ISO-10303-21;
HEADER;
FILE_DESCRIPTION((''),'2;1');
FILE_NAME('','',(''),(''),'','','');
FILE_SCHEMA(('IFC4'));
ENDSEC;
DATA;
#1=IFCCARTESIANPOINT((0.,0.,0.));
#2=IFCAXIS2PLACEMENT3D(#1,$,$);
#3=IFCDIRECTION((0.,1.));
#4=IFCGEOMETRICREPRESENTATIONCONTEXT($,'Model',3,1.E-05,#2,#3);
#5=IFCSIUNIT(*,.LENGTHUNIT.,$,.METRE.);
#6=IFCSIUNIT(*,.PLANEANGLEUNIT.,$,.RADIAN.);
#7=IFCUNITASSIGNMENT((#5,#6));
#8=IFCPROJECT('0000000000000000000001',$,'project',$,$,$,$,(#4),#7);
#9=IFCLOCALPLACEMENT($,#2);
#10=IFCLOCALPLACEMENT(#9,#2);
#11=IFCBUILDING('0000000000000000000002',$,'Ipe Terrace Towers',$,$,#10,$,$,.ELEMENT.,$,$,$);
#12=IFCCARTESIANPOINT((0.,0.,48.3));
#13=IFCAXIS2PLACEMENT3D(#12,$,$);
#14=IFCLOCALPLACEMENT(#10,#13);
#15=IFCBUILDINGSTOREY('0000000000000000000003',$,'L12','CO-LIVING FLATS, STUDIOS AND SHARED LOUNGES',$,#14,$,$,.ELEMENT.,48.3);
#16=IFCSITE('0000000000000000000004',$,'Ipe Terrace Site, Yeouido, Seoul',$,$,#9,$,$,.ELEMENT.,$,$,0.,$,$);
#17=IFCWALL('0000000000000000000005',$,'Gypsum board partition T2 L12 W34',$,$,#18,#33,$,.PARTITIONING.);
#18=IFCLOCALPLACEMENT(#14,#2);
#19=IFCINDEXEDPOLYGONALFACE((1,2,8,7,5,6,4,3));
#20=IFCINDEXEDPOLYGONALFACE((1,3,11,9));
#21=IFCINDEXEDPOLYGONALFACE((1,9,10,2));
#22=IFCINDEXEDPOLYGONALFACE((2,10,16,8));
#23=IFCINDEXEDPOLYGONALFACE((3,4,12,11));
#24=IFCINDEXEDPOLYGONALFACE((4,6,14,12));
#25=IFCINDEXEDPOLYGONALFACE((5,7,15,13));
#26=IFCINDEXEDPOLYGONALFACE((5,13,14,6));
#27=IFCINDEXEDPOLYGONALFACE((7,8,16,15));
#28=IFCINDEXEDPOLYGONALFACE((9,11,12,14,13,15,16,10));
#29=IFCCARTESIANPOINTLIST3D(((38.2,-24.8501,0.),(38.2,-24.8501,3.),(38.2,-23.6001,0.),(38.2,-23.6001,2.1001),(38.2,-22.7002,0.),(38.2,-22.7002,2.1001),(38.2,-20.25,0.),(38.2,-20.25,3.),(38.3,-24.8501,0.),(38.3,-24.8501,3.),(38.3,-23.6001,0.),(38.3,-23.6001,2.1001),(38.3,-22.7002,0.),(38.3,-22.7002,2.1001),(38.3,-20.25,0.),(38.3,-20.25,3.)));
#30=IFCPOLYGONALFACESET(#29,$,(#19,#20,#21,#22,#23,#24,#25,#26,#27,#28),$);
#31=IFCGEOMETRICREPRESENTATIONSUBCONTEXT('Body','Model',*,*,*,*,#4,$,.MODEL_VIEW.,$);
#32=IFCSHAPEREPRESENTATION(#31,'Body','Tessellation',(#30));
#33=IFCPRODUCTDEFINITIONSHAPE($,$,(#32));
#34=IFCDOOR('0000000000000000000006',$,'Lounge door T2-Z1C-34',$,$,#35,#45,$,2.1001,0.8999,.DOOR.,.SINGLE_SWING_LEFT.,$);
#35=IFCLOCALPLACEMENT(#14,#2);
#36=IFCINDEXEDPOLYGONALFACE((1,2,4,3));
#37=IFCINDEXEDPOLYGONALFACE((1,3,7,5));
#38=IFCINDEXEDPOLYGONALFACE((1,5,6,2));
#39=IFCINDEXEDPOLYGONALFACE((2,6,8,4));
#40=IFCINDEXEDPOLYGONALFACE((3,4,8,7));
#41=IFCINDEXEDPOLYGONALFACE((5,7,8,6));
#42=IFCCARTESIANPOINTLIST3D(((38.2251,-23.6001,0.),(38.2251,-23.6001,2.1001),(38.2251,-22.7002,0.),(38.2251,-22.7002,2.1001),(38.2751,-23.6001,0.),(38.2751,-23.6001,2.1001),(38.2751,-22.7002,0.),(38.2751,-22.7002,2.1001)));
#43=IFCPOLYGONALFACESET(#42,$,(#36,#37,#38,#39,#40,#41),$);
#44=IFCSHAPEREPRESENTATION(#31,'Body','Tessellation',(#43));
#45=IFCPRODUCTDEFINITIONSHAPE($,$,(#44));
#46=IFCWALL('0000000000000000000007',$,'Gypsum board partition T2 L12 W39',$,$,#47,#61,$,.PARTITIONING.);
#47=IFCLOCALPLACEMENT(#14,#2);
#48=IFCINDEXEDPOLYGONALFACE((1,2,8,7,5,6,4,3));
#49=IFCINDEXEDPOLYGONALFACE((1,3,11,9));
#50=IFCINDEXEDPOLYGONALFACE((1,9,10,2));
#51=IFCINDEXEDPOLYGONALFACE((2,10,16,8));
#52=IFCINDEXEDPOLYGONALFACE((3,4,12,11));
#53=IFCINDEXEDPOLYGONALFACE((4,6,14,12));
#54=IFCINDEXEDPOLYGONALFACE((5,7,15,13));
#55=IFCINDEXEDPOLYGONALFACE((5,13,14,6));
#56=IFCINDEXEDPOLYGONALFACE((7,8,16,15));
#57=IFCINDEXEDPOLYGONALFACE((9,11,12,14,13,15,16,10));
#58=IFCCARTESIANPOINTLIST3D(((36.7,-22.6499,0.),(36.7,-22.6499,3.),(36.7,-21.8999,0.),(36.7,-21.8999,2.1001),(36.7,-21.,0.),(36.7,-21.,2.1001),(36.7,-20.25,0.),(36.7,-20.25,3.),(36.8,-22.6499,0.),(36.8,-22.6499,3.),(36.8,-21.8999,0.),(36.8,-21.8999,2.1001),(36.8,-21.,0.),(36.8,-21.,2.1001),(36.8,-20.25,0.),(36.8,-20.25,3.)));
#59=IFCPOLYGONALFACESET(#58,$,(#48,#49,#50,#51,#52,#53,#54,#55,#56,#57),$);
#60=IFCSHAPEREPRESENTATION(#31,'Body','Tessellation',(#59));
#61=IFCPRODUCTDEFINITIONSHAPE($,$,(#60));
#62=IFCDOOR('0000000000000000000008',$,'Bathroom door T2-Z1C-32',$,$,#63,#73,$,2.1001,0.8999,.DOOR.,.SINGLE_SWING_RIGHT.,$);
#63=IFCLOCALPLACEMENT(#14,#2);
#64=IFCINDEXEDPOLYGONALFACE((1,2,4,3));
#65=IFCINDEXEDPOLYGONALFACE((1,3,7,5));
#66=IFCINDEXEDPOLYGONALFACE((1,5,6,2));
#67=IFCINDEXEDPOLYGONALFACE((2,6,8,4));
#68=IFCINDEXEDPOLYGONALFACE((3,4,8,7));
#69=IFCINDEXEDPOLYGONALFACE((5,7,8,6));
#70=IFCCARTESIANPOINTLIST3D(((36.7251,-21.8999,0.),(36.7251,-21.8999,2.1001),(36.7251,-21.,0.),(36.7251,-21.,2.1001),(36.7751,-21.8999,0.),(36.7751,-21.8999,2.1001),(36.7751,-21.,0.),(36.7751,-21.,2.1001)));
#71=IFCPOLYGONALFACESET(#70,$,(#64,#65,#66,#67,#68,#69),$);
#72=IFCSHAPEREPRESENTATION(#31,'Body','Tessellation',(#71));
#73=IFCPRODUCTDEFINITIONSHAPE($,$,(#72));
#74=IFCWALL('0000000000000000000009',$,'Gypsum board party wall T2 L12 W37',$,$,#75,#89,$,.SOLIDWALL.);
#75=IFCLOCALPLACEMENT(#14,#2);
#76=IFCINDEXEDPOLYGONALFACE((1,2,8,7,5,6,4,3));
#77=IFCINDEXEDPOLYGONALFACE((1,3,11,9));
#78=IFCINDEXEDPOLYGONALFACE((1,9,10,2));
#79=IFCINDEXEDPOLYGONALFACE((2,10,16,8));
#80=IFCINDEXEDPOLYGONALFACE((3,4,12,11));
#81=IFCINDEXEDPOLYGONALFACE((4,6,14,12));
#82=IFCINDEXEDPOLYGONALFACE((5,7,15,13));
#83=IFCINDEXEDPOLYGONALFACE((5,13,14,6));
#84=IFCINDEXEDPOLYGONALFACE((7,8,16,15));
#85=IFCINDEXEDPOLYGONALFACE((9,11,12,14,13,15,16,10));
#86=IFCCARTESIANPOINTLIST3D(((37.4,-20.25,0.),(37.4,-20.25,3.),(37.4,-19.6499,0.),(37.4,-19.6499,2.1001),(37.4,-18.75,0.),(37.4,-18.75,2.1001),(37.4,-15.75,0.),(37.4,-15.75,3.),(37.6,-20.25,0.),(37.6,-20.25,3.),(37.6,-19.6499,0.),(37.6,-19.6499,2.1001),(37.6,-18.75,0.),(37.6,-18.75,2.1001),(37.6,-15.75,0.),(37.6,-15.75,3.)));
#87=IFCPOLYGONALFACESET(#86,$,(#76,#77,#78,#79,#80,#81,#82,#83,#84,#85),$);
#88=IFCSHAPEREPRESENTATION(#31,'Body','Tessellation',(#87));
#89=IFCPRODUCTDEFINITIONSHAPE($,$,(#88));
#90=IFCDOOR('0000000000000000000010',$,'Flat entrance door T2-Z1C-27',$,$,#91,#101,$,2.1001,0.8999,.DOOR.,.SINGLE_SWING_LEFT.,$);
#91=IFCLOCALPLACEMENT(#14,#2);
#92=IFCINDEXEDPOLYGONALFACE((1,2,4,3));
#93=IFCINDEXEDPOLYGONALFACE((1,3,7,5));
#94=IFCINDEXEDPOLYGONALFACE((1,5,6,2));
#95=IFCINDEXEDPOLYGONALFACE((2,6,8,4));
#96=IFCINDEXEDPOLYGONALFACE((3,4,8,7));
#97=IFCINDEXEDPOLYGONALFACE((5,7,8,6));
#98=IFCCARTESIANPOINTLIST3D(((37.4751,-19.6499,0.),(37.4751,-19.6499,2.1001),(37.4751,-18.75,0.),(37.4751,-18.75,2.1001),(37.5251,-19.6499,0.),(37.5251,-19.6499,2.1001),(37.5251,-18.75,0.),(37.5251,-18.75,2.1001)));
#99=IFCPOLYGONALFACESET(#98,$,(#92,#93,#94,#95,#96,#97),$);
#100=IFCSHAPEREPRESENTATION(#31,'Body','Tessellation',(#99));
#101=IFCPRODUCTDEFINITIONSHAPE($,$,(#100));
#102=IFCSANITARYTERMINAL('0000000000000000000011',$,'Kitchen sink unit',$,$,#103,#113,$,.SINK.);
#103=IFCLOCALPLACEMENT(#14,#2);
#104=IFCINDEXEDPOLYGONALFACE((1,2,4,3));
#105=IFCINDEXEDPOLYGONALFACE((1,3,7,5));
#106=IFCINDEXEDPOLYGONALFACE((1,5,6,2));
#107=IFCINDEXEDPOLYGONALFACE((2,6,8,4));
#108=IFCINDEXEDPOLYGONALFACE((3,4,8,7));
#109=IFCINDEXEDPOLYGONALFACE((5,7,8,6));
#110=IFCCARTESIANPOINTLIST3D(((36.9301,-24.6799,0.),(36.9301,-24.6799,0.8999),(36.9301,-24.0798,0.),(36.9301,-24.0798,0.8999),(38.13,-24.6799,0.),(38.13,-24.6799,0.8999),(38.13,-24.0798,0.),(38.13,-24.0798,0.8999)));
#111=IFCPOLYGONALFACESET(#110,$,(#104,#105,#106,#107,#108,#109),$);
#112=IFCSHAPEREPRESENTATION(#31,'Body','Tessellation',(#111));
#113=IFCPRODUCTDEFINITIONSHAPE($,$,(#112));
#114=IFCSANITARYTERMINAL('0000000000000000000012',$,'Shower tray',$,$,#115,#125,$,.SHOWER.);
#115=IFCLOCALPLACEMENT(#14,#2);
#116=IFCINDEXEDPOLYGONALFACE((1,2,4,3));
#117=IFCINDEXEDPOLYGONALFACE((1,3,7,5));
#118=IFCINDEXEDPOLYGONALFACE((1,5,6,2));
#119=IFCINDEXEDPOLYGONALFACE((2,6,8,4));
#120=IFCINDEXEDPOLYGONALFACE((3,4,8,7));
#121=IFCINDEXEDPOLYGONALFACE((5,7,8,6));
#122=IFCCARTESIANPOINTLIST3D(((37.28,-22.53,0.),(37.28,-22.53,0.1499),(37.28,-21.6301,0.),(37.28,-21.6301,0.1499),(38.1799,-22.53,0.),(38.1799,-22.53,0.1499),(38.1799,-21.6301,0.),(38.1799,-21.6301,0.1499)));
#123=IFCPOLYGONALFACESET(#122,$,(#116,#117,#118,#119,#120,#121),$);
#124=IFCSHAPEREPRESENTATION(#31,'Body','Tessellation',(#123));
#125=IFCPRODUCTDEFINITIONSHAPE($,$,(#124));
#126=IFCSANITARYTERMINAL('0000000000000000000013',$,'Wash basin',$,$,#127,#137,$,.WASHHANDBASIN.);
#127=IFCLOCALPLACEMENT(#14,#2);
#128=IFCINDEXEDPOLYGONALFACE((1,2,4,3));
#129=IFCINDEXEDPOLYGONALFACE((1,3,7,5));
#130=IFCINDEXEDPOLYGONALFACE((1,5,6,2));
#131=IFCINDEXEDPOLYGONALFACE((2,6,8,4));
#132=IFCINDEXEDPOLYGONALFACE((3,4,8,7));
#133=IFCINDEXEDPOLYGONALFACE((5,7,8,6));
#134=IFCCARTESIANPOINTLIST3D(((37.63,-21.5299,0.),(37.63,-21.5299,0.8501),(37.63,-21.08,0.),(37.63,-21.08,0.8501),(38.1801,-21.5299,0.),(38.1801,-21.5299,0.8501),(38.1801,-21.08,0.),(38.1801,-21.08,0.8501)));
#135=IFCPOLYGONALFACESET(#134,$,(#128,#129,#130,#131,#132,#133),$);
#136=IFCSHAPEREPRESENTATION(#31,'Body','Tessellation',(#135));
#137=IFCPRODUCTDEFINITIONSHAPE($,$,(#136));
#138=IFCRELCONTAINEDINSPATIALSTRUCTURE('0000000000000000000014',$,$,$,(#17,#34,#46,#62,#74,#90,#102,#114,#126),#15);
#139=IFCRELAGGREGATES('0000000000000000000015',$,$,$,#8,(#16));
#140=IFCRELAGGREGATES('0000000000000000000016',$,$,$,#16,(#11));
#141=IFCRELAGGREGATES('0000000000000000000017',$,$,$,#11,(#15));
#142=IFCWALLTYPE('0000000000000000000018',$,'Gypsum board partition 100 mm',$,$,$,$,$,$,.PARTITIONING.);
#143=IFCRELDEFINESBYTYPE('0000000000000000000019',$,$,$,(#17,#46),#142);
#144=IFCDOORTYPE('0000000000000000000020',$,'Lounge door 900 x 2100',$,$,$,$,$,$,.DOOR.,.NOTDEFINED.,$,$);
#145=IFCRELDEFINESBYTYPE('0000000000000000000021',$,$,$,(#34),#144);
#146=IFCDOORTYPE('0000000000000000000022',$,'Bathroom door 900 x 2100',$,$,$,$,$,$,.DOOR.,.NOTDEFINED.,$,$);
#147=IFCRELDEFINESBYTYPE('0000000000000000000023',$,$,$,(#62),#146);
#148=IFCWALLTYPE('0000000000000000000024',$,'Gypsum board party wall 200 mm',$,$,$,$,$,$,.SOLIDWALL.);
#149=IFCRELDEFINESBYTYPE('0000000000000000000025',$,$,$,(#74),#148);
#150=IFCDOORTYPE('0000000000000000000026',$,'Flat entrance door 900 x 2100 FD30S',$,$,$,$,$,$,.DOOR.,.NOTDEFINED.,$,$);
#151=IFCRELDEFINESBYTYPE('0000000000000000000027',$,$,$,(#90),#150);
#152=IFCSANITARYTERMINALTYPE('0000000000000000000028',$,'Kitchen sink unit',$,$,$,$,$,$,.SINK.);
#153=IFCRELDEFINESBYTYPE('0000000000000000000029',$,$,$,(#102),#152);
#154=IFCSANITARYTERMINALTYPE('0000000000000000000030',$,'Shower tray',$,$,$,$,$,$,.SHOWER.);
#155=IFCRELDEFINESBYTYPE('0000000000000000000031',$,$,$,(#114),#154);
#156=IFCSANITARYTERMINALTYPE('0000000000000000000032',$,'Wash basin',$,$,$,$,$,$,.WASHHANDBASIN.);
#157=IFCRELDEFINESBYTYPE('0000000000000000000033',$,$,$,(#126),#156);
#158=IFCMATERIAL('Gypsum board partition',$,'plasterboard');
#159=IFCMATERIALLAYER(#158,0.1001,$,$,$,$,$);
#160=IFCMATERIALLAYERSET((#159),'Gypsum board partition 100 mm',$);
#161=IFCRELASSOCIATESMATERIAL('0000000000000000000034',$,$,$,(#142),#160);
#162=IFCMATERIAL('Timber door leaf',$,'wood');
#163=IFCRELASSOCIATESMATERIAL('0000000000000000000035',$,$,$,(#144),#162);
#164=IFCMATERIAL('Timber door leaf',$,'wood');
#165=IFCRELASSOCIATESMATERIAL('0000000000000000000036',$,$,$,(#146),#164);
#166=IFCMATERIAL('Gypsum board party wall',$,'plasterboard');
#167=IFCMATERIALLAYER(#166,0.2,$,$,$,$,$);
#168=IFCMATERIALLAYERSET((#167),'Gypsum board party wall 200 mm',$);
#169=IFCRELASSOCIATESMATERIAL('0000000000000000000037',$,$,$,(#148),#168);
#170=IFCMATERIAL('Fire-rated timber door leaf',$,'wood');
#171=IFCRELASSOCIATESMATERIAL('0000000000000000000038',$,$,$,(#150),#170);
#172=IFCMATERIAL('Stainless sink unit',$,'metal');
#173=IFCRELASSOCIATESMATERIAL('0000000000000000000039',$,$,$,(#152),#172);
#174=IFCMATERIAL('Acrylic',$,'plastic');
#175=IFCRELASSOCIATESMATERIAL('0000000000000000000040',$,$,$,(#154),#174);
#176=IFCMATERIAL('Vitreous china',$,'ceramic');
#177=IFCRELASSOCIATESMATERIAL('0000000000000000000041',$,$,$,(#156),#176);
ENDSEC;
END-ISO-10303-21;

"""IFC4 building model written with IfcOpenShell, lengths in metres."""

from ifc_helpers import new_model, si_unit, direction, frame, frame_2d, origin, origin_2d, place, context, subcontext, project, spatial, rectangle, extrude, material, layer, layer_set, type_object, element, fill, save


model = new_model("IFC4")

# Units and contexts
model_context = context("Model", 3, precision=1e-05, world=origin(), true_north=direction((0.0, 1.0)))
body_context = subcontext(model_context, "Body", "Model", "MODEL_VIEW")
ifc_project = project(units=[si_unit("LENGTHUNIT", "METRE"), si_unit("PLANEANGLEUNIT", "RADIAN")], contexts=[model_context])

# Site, building, storey
site_placement = place(None, origin())
site = spatial("IfcSite", under=ifc_project, at=site_placement, Name="Ipe Terrace Site, Yeouido, Seoul", CompositionType="ELEMENT", RefElevation=0.0)
building_placement = place(site_placement, origin())
building = spatial("IfcBuilding", under=site, at=building_placement, Name="Ipe Terrace Towers", CompositionType="ELEMENT")
storey_placement = place(building_placement, frame((0.0, 0.0, 48.3)))
storey = spatial("IfcBuildingStorey", under=building, at=storey_placement, Name="L12", Description="CO-LIVING FLATS, STUDIOS AND SHARED LOUNGES", CompositionType="ELEMENT", Elevation=48.3)

# Shared definitions
ifc_material_1 = material(Name="Gypsum board partition", Category="plasterboard")
ifc_layer_1 = layer(ifc_material_1, 0.1001)
ifc_layer_set_1 = layer_set([ifc_layer_1], Name="Gypsum board partition 100 mm")
wall_type_1 = type_object("IfcWallType", Name="Gypsum board partition 100 mm", PredefinedType="PARTITIONING", material=ifc_layer_set_1)

# Walls, openings, doors
wall_1_placement = place(storey_placement, frame((38.25, -24.8501, 0.0), z_axis=(0.0, 0.0, 1.0), x_axis=(0.0, 1.0, 0.0)))
wall_1 = element("IfcWall", 1, at=wall_1_placement, inside=storey, type_object=wall_type_1, Name="Gypsum board partition T2 L12 W34", PredefinedType="PARTITIONING", context=body_context, shape_type="SweptSolid", body=[
    extrude(rectangle(XDim=4.6001, YDim=0.1001, at=frame_2d((2.3, 0.0))), origin(), (0.0, 0.0, 1.0), 3.0),
])
opening_1_placement = place(wall_1_placement, frame((1.25, 0.0, 0.0)))
opening_1 = element("IfcOpeningElement", 2, at=opening_1_placement, cuts=wall_1, PredefinedType="OPENING", context=body_context, shape_type="SweptSolid", body=[
    extrude(rectangle(XDim=0.8999, YDim=2.1001, at=frame_2d((0.45, 1.05))), frame((0.0, 0.0601, 0.0), z_axis=(0.0, -1.0, 0.0), x_axis=(1.0, 0.0, 0.0)), (0.0, 0.0, 1.0), 0.1201),
])
ifc_material_2 = material(Name="Timber door leaf", Category="wood")
door_type_1 = type_object("IfcDoorType", Name="Lounge door 900 x 2100", OperationType="NOTDEFINED", PredefinedType="DOOR", material=ifc_material_2)
door_1_placement = place(opening_1_placement, origin())
door_1 = element("IfcDoor", 3, at=door_1_placement, inside=storey, type_object=door_type_1, Name="Lounge door T2-Z1C-34", OperationType="SINGLE_SWING_LEFT", OverallHeight=2.1001, OverallWidth=0.8999, PredefinedType="DOOR", context=body_context, shape_type="SweptSolid", body=[
    extrude(rectangle(XDim=0.8999, YDim=2.1001, at=frame_2d((0.45, 1.05))), frame((0.0, 0.0249, 0.0), z_axis=(0.0, -1.0, 0.0), x_axis=(1.0, 0.0, 0.0)), (0.0, 0.0, 1.0), 0.05),
])
fill(opening_1, door_1)
wall_2_placement = place(storey_placement, frame((36.75, -22.6499, 0.0), z_axis=(0.0, 0.0, 1.0), x_axis=(0.0, 1.0, 0.0)))
wall_2 = element("IfcWall", 4, at=wall_2_placement, inside=storey, type_object=wall_type_1, Name="Gypsum board partition T2 L12 W39", PredefinedType="PARTITIONING", context=body_context, shape_type="SweptSolid", body=[
    extrude(rectangle(XDim=2.3999, YDim=0.1001, at=frame_2d((1.2, 0.0))), origin(), (0.0, 0.0, 1.0), 3.0),
])
opening_2_placement = place(wall_2_placement, frame((0.75, 0.0, 0.0)))
opening_2 = element("IfcOpeningElement", 5, at=opening_2_placement, cuts=wall_2, PredefinedType="OPENING", context=body_context, shape_type="SweptSolid", body=[
    extrude(rectangle(XDim=0.8999, YDim=2.1001, at=frame_2d((0.45, 1.05))), frame((0.0, 0.0601, 0.0), z_axis=(0.0, -1.0, 0.0), x_axis=(1.0, 0.0, 0.0)), (0.0, 0.0, 1.0), 0.1201),
])
ifc_material_3 = material(Name="Timber door leaf", Category="wood")
door_type_2 = type_object("IfcDoorType", Name="Bathroom door 900 x 2100", OperationType="NOTDEFINED", PredefinedType="DOOR", material=ifc_material_3)
door_2_placement = place(opening_2_placement, origin())
door_2 = element("IfcDoor", 6, at=door_2_placement, inside=storey, type_object=door_type_2, Name="Bathroom door T2-Z1C-32", OperationType="SINGLE_SWING_RIGHT", OverallHeight=2.1001, OverallWidth=0.8999, PredefinedType="DOOR", context=body_context, shape_type="SweptSolid", body=[
    extrude(rectangle(XDim=0.8999, YDim=2.1001, at=frame_2d((0.45, 1.05))), frame((0.0, 0.0249, 0.0), z_axis=(0.0, -1.0, 0.0), x_axis=(1.0, 0.0, 0.0)), (0.0, 0.0, 1.0), 0.05),
])
fill(opening_2, door_2)
ifc_material_4 = material(Name="Gypsum board party wall", Category="plasterboard")
ifc_layer_2 = layer(ifc_material_4, 0.2)
ifc_layer_set_2 = layer_set([ifc_layer_2], Name="Gypsum board party wall 200 mm")
wall_type_2 = type_object("IfcWallType", Name="Gypsum board party wall 200 mm", PredefinedType="SOLIDWALL", material=ifc_layer_set_2)
wall_3_placement = place(storey_placement, frame((37.5, -20.25, 0.0), z_axis=(0.0, 0.0, 1.0), x_axis=(0.0, 1.0, 0.0)))
wall_3 = element("IfcWall", 7, at=wall_3_placement, inside=storey, type_object=wall_type_2, Name="Gypsum board party wall T2 L12 W37", PredefinedType="SOLIDWALL", context=body_context, shape_type="SweptSolid", body=[
    extrude(rectangle(XDim=4.5, YDim=0.2, at=frame_2d((2.25, 0.0))), origin(), (0.0, 0.0, 1.0), 3.0),
])
opening_3_placement = place(wall_3_placement, frame((0.6001, 0.0, 0.0)))
opening_3 = element("IfcOpeningElement", 8, at=opening_3_placement, cuts=wall_3, PredefinedType="OPENING", context=body_context, shape_type="SweptSolid", body=[
    extrude(rectangle(XDim=0.8999, YDim=2.1001, at=frame_2d((0.45, 1.05))), frame((0.0, 0.1099, 0.0), z_axis=(0.0, -1.0, 0.0), x_axis=(1.0, 0.0, 0.0)), (0.0, 0.0, 1.0), 0.22),
])
ifc_material_5 = material(Name="Fire-rated timber door leaf", Category="wood")
door_type_3 = type_object("IfcDoorType", Name="Flat entrance door 900 x 2100 FD30S", OperationType="NOTDEFINED", PredefinedType="DOOR", material=ifc_material_5)
door_3_placement = place(opening_3_placement, origin())
door_3 = element("IfcDoor", 9, at=door_3_placement, inside=storey, type_object=door_type_3, Name="Flat entrance door T2-Z1C-27", OperationType="SINGLE_SWING_LEFT", OverallHeight=2.1001, OverallWidth=0.8999, PredefinedType="DOOR", context=body_context, shape_type="SweptSolid", body=[
    extrude(rectangle(XDim=0.8999, YDim=2.1001, at=frame_2d((0.45, 1.05))), frame((0.0, 0.0249, 0.0), z_axis=(0.0, -1.0, 0.0), x_axis=(1.0, 0.0, 0.0)), (0.0, 0.0, 1.0), 0.05),
])
fill(opening_3, door_3)

# Sanitary terminals
ifc_material_6 = material(Name="Stainless sink unit", Category="metal")
sanitary_terminal_type_1 = type_object("IfcSanitaryTerminalType", Name="Kitchen sink unit", PredefinedType="SINK", material=ifc_material_6)
sanitary_terminal_1_placement = place(storey_placement, frame((37.53, -24.3799, 0.0), z_axis=(0.0, 0.0, 1.0), x_axis=(-1.0, 0.0, 0.0)))
element("IfcSanitaryTerminal", 10, at=sanitary_terminal_1_placement, inside=storey, type_object=sanitary_terminal_type_1, Name="Kitchen sink unit", PredefinedType="SINK", context=body_context, shape_type="SweptSolid", body=[
    extrude(rectangle(XDim=1.2, YDim=0.6001, at=origin_2d()), origin(), (0.0, 0.0, 1.0), 0.8999),
])
ifc_material_7 = material(Name="Acrylic", Category="plastic")
sanitary_terminal_type_2 = type_object("IfcSanitaryTerminalType", Name="Shower tray", PredefinedType="SHOWER", material=ifc_material_7)
sanitary_terminal_2_placement = place(storey_placement, frame((37.73, -22.0801, 0.0), z_axis=(0.0, 0.0, 1.0), x_axis=(-1.0, 0.0, 0.0)))
element("IfcSanitaryTerminal", 11, at=sanitary_terminal_2_placement, inside=storey, type_object=sanitary_terminal_type_2, Name="Shower tray", PredefinedType="SHOWER", context=body_context, shape_type="SweptSolid", body=[
    extrude(rectangle(XDim=0.8999, YDim=0.8999, at=origin_2d()), origin(), (0.0, 0.0, 1.0), 0.1499),
])
ifc_material_8 = material(Name="Vitreous china", Category="ceramic")
sanitary_terminal_type_3 = type_object("IfcSanitaryTerminalType", Name="Wash basin", PredefinedType="WASHHANDBASIN", material=ifc_material_8)
sanitary_terminal_3_placement = place(storey_placement, frame((37.905, -21.3049, 0.0), z_axis=(0.0, 0.0, 1.0), x_axis=(-1.0, 0.0, 0.0)))
element("IfcSanitaryTerminal", 12, at=sanitary_terminal_3_placement, inside=storey, type_object=sanitary_terminal_type_3, Name="Wash basin", PredefinedType="WASHHANDBASIN", context=body_context, shape_type="SweptSolid", body=[
    extrude(rectangle(XDim=0.55, YDim=0.45, at=origin_2d()), origin(), (0.0, 0.0, 1.0), 0.8501),
])

save(model, "model.ifc")
